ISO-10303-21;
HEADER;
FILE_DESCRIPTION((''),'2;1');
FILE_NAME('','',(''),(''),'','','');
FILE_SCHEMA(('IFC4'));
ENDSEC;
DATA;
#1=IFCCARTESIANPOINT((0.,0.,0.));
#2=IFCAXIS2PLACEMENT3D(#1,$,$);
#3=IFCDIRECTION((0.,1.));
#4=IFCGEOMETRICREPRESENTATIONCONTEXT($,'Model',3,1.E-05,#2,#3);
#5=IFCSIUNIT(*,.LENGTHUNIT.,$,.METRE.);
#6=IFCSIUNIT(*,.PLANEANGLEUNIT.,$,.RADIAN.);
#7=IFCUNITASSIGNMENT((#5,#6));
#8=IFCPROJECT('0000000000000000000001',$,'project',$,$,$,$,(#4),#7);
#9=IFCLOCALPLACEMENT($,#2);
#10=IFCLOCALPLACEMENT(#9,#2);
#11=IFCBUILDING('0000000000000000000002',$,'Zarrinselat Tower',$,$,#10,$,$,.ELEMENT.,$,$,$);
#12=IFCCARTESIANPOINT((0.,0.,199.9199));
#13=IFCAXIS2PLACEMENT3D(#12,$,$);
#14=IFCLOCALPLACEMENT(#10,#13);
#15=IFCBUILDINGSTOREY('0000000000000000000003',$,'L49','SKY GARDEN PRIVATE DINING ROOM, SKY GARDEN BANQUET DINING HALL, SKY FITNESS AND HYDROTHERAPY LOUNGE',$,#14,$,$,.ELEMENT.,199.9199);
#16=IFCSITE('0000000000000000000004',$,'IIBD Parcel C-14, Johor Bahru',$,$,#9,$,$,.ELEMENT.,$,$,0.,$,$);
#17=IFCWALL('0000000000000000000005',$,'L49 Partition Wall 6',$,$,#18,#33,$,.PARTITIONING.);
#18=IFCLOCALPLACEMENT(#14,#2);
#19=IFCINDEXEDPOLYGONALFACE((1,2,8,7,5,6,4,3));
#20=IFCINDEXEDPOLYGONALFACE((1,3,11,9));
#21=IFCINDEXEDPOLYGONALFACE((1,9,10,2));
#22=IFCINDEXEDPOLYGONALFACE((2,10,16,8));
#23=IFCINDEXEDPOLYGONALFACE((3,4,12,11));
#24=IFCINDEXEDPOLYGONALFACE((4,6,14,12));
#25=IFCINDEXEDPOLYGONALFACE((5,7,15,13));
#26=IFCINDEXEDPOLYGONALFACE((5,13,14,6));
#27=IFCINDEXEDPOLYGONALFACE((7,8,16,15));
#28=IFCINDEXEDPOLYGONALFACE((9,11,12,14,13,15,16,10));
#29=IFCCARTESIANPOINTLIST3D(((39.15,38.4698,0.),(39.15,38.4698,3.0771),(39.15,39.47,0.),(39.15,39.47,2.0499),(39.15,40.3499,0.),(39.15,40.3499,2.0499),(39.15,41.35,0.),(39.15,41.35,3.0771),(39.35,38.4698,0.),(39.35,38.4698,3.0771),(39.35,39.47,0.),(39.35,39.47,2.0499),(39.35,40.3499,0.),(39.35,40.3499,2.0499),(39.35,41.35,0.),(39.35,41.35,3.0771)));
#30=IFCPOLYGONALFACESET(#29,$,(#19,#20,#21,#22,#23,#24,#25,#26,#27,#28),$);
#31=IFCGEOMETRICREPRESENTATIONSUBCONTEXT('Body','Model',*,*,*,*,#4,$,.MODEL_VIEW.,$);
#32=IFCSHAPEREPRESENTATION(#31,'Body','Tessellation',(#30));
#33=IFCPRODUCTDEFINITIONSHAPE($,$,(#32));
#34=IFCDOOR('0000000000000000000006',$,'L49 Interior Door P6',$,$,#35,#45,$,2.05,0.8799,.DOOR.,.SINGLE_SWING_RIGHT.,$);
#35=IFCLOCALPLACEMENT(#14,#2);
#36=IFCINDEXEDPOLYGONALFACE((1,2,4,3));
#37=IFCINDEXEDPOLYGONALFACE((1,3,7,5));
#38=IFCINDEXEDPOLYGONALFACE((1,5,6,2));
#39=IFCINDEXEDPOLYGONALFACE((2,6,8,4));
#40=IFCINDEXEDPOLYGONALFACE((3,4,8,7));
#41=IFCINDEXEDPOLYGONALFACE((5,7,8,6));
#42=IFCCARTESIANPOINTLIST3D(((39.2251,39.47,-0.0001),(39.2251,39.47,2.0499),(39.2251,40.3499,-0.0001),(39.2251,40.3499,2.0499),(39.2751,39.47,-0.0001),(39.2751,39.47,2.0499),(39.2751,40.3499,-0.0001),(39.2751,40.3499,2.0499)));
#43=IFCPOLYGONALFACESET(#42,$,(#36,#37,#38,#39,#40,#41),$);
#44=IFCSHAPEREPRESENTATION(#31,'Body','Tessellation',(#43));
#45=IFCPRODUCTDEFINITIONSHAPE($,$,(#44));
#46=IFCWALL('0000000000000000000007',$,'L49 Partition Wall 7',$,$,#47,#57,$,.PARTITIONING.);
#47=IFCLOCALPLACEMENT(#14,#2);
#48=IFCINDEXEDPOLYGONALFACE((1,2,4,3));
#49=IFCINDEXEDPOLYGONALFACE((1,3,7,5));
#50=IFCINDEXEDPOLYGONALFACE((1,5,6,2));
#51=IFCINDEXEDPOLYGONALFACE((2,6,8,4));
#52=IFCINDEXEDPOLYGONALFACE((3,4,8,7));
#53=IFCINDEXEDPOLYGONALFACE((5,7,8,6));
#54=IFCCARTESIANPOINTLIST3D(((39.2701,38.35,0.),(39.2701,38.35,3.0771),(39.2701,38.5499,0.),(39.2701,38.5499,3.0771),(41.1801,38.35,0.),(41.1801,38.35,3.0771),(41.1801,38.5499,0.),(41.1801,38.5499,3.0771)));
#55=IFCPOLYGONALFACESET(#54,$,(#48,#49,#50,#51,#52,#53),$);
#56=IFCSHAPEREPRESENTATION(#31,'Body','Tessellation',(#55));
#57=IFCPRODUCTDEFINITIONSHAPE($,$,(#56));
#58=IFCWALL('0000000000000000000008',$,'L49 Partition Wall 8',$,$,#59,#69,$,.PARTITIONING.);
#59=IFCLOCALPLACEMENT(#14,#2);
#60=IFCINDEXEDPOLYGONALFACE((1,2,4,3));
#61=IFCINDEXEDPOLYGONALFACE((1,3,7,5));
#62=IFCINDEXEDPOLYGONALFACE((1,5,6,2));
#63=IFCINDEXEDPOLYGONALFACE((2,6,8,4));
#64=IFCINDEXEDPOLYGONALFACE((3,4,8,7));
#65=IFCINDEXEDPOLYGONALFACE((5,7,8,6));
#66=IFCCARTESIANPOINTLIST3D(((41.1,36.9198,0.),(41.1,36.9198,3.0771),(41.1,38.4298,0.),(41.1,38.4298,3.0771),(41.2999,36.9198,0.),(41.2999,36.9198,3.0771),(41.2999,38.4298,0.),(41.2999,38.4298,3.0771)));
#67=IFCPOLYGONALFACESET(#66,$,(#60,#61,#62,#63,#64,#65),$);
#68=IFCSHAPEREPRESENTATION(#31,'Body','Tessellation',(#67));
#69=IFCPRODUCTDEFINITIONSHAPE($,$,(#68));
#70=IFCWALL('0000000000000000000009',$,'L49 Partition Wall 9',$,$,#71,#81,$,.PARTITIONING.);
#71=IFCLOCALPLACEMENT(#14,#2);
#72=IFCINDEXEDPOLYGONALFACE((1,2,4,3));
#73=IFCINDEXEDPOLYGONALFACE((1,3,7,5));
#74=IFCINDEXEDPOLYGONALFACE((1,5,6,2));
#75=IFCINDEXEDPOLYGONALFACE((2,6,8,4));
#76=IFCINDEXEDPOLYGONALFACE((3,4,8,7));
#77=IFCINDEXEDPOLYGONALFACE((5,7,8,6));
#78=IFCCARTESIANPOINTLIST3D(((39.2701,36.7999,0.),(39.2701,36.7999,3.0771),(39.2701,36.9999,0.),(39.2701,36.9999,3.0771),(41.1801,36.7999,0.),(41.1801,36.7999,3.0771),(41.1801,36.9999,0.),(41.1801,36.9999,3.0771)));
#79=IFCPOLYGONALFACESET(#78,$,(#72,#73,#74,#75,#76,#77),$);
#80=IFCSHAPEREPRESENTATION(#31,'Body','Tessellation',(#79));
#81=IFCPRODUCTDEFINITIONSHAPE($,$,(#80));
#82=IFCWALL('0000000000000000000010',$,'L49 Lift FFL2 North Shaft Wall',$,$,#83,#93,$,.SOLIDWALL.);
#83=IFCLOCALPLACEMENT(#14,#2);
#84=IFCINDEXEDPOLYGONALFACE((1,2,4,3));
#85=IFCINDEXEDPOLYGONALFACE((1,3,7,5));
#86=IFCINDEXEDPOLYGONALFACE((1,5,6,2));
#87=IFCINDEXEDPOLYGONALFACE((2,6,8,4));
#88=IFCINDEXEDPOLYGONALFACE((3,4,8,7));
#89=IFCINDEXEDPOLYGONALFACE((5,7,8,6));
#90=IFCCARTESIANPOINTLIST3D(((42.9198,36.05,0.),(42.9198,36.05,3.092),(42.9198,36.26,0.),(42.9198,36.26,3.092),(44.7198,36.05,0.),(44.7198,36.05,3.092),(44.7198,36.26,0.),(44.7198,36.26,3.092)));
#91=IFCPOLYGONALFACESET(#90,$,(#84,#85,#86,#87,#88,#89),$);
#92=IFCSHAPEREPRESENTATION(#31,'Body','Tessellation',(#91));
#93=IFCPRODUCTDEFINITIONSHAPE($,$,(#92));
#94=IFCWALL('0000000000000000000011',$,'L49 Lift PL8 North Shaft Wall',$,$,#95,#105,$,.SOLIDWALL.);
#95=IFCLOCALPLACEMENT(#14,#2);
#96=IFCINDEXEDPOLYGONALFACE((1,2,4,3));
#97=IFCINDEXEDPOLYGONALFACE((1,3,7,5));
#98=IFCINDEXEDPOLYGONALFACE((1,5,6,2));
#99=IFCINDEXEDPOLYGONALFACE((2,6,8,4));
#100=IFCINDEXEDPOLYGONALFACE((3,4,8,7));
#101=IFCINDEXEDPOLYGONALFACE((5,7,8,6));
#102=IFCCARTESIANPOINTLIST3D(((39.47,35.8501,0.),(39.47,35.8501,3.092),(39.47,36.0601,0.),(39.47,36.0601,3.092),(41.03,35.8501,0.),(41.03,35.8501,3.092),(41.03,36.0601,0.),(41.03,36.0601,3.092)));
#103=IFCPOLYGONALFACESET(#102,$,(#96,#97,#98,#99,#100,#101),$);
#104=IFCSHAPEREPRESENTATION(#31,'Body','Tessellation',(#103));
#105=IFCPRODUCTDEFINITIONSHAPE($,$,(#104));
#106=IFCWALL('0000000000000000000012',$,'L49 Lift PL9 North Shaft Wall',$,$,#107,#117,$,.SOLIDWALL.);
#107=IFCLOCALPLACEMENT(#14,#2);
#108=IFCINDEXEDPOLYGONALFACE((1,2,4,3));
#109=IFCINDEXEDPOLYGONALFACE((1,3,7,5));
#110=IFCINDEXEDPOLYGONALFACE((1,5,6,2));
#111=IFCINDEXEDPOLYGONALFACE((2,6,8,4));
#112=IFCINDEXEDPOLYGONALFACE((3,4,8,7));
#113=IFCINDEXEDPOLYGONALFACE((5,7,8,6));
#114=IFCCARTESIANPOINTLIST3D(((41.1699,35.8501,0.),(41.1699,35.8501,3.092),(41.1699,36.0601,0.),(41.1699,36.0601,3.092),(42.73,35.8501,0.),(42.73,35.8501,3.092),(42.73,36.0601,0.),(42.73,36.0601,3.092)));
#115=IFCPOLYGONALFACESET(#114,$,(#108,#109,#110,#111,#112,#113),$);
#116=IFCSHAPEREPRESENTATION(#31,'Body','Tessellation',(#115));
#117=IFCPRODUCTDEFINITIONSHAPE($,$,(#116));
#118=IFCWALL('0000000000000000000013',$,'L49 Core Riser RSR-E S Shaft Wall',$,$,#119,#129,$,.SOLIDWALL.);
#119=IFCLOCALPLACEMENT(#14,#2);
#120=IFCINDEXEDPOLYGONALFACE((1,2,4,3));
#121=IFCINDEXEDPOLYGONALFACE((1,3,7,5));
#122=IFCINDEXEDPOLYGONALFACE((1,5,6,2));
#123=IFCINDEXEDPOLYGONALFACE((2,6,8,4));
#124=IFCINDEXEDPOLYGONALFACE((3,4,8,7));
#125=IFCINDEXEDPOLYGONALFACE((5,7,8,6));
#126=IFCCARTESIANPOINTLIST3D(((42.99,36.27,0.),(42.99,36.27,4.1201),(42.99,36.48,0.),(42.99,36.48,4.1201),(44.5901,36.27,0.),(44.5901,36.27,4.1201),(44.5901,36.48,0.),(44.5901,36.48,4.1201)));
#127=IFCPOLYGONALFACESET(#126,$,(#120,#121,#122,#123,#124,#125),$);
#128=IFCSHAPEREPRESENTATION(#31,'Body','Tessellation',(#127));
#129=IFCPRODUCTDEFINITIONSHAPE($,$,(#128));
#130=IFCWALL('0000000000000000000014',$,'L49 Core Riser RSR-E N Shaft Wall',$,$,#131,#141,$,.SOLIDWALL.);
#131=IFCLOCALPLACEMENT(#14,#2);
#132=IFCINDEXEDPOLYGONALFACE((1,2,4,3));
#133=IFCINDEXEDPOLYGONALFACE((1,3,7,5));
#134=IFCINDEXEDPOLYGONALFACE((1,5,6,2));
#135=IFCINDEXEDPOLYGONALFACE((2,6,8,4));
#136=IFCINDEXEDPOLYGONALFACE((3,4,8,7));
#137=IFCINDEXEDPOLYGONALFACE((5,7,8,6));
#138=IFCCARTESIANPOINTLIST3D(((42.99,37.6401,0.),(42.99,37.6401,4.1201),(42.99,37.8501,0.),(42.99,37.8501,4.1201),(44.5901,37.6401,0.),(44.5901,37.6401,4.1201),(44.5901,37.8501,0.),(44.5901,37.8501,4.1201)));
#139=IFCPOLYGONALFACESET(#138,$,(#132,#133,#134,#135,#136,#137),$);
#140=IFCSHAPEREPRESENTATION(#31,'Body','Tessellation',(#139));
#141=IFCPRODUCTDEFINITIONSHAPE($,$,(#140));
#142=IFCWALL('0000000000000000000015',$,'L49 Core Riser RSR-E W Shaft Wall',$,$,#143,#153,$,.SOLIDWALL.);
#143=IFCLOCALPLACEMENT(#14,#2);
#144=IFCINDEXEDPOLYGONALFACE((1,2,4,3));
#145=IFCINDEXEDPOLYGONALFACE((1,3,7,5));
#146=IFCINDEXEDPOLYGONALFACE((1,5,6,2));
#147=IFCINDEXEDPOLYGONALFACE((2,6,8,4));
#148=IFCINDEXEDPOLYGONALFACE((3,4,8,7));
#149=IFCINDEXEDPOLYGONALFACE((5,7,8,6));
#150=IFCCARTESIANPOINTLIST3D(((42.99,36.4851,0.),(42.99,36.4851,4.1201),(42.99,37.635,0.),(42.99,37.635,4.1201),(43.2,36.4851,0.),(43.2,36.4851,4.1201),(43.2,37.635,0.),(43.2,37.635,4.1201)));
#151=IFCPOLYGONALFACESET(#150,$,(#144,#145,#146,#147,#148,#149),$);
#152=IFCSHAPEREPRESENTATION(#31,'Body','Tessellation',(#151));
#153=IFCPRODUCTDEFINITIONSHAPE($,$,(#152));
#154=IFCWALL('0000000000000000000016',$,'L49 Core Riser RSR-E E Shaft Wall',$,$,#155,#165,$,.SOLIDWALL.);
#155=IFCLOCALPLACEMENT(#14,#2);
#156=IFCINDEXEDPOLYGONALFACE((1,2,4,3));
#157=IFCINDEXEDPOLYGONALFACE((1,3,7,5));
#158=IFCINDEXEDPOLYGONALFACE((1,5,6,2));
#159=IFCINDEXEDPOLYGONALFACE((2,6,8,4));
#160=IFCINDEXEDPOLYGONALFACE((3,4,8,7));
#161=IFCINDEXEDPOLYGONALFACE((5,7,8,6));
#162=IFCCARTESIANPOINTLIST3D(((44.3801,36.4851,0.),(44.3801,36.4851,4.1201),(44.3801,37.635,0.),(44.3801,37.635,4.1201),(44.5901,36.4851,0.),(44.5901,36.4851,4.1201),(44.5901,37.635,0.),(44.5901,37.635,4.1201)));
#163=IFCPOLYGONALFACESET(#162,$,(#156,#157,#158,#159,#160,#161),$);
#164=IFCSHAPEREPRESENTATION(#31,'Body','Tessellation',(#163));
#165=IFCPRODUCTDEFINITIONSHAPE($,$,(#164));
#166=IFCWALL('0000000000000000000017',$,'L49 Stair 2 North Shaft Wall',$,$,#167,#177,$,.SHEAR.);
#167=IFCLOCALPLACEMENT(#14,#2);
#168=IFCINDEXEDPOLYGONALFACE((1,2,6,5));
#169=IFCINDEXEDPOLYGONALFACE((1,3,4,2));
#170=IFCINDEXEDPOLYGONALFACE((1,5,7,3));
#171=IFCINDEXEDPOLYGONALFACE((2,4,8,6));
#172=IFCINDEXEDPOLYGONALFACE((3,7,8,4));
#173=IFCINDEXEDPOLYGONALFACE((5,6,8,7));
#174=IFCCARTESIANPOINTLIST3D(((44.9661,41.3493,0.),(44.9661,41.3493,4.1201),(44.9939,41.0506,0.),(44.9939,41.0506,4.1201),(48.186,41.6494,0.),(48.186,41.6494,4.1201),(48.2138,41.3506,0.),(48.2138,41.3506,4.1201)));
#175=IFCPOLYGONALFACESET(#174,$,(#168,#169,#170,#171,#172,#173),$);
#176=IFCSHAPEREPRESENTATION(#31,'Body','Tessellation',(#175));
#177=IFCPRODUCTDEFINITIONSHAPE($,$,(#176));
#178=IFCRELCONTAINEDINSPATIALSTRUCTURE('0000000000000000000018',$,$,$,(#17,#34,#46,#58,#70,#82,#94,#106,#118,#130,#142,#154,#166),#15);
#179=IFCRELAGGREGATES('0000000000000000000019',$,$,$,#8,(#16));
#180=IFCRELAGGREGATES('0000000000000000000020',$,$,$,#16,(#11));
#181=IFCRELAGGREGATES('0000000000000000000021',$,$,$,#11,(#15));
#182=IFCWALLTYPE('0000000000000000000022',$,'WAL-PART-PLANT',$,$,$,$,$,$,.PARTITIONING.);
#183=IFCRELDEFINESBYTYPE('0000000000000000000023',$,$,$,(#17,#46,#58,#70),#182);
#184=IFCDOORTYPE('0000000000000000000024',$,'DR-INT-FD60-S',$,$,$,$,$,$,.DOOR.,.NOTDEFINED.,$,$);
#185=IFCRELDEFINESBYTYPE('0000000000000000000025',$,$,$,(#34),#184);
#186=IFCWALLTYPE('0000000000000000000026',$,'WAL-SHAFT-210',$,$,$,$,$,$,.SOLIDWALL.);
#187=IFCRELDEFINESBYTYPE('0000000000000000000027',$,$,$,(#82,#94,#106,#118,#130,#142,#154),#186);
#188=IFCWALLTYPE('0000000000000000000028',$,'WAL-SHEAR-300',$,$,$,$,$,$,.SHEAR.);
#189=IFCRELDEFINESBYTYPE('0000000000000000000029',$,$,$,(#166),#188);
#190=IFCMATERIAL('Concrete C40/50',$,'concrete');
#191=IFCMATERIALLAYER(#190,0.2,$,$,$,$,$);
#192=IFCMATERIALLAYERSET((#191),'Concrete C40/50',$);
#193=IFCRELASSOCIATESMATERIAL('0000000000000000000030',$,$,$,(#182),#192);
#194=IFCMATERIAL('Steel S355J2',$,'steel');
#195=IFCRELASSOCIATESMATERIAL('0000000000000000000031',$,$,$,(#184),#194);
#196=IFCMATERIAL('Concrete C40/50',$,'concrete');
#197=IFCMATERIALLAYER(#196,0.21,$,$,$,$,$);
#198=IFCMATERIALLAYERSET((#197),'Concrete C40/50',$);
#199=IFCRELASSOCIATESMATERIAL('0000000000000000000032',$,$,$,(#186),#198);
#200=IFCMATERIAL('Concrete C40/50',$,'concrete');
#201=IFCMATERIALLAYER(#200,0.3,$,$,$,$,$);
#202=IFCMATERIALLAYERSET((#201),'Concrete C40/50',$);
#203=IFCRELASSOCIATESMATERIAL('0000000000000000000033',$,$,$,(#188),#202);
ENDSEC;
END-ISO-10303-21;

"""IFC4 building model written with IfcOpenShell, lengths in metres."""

from ifc_helpers import new_model, si_unit, direction, frame, frame_2d, origin, place, context, subcontext, project, spatial, rectangle, extrude, material, layer, layer_set, type_object, element, fill, save


model = new_model("IFC4")

# Units and contexts
model_context = context("Model", 3, precision=1e-05, world=origin(), true_north=direction((0.0, 1.0)))
body_context = subcontext(model_context, "Body", "Model", "MODEL_VIEW")
ifc_project = project(units=[si_unit("LENGTHUNIT", "METRE"), si_unit("PLANEANGLEUNIT", "RADIAN")], contexts=[model_context])

# Site, building, storey
site_placement = place(None, origin())
site = spatial("IfcSite", under=ifc_project, at=site_placement, Name="IIBD Parcel C-14, Johor Bahru", CompositionType="ELEMENT", RefElevation=0.0)
building_placement = place(site_placement, origin())
building = spatial("IfcBuilding", under=site, at=building_placement, Name="Zarrinselat Tower", CompositionType="ELEMENT")
storey_placement = place(building_placement, frame((0.0, 0.0, 199.9199)))
storey = spatial("IfcBuildingStorey", under=building, at=storey_placement, Name="L49", Description="SKY GARDEN PRIVATE DINING ROOM, SKY GARDEN BANQUET DINING HALL, SKY FITNESS AND HYDROTHERAPY LOUNGE", CompositionType="ELEMENT", Elevation=199.9199)

# Shared definitions
ifc_material_1 = material(Name="Concrete C40/50", Category="concrete")
ifc_layer_1 = layer(ifc_material_1, 0.2)
ifc_layer_set_1 = layer_set([ifc_layer_1], Name="Concrete C40/50")
wall_type_1 = type_object("IfcWallType", Name="WAL-PART-PLANT", PredefinedType="PARTITIONING", material=ifc_layer_set_1)

# Wall, opening, door
wall_1_placement = place(storey_placement, frame((39.25, 38.47, 0.0), z_axis=(0.0, 0.0, 1.0), x_axis=(0.0, 1.0, 0.0)))
wall_1 = element("IfcWall", 1, at=wall_1_placement, inside=storey, type_object=wall_type_1, Name="L49 Partition Wall 6", PredefinedType="PARTITIONING", context=body_context, shape_type="SweptSolid", body=[
    extrude(rectangle(XDim=2.8801, YDim=0.2, at=frame_2d((1.4399, 0.0))), origin(), (0.0, 0.0, 1.0), 3.0771),
])
opening_placement = place(wall_1_placement, frame((1.0, 0.0, 0.0)))
opening = element("IfcOpeningElement", 2, at=opening_placement, cuts=wall_1, PredefinedType="OPENING", context=body_context, shape_type="SweptSolid", body=[
    extrude(rectangle(XDim=0.8799, YDim=2.05, at=frame_2d((0.4399, 1.0249))), frame((0.0, 0.1099, 0.0), z_axis=(0.0, -1.0, 0.0), x_axis=(1.0, 0.0, 0.0)), (0.0, 0.0, 1.0), 0.22),
])
ifc_material_2 = material(Name="Steel S355J2", Category="steel")
door_type = type_object("IfcDoorType", Name="DR-INT-FD60-S", OperationType="NOTDEFINED", PredefinedType="DOOR", material=ifc_material_2)
door_placement = place(opening_placement, origin())
door = element("IfcDoor", 3, at=door_placement, inside=storey, type_object=door_type, Name="L49 Interior Door P6", OperationType="SINGLE_SWING_RIGHT", OverallHeight=2.05, OverallWidth=0.8799, PredefinedType="DOOR", context=body_context, shape_type="SweptSolid", body=[
    extrude(rectangle(XDim=0.8799, YDim=2.05, at=frame_2d((0.4399, 1.0249))), frame((0.0, 0.0249, 0.0), z_axis=(0.0, -1.0, 0.0), x_axis=(1.0, 0.0, 0.0)), (0.0, 0.0, 1.0), 0.05),
])
fill(opening, door)

# Walls
wall_2_placement = place(storey_placement, frame((39.27, 38.45, 0.0), z_axis=(0.0, 0.0, 1.0), x_axis=(1.0, 0.0, 0.0)))
element("IfcWall", 4, at=wall_2_placement, inside=storey, type_object=wall_type_1, Name="L49 Partition Wall 7", PredefinedType="PARTITIONING", context=body_context, shape_type="SweptSolid", body=[
    extrude(rectangle(XDim=1.9099, YDim=0.2, at=frame_2d((0.9551, 0.0))), origin(), (0.0, 0.0, 1.0), 3.0771),
])
wall_3_placement = place(storey_placement, frame((41.2, 36.9199, 0.0), z_axis=(0.0, 0.0, 1.0), x_axis=(0.0, 1.0, 0.0)))
element("IfcWall", 5, at=wall_3_placement, inside=storey, type_object=wall_type_1, Name="L49 Partition Wall 8", PredefinedType="PARTITIONING", context=body_context, shape_type="SweptSolid", body=[
    extrude(rectangle(XDim=1.51, YDim=0.2, at=frame_2d((0.7549, 0.0))), origin(), (0.0, 0.0, 1.0), 3.0771),
])
wall_4_placement = place(storey_placement, frame((39.27, 36.8999, 0.0), z_axis=(0.0, 0.0, 1.0), x_axis=(1.0, 0.0, 0.0)))
element("IfcWall", 6, at=wall_4_placement, inside=storey, type_object=wall_type_1, Name="L49 Partition Wall 9", PredefinedType="PARTITIONING", context=body_context, shape_type="SweptSolid", body=[
    extrude(rectangle(XDim=1.9099, YDim=0.2, at=frame_2d((0.9551, 0.0))), origin(), (0.0, 0.0, 1.0), 3.0771),
])
ifc_material_3 = material(Name="Concrete C40/50", Category="concrete")
ifc_layer_2 = layer(ifc_material_3, 0.21)
ifc_layer_set_2 = layer_set([ifc_layer_2], Name="Concrete C40/50")
wall_type_2 = type_object("IfcWallType", Name="WAL-SHAFT-210", PredefinedType="SOLIDWALL", material=ifc_layer_set_2)
wall_5_placement = place(storey_placement, frame((42.9199, 36.155, 0.0), z_axis=(0.0, 0.0, 1.0), x_axis=(1.0, 0.0, 0.0)))
element("IfcWall", 7, at=wall_5_placement, inside=storey, type_object=wall_type_2, Name="L49 Lift FFL2 North Shaft Wall", PredefinedType="SOLIDWALL", context=body_context, shape_type="SweptSolid", body=[
    extrude(rectangle(XDim=1.8, YDim=0.21, at=frame_2d((0.8999, 0.0))), origin(), (0.0, 0.0, 1.0), 3.092),
])
for number, where, z_axis, x_axis, name in (
    (8, (39.47, 35.9551, 0.0), (0.0, 0.0, 1.0), (1.0, 0.0, 0.0), "L49 Lift PL8 North Shaft Wall"),
    (9, (41.1699, 35.9551, 0.0), (0.0, 0.0, 1.0), (1.0, 0.0, 0.0), "L49 Lift PL9 North Shaft Wall"),
):
    element("IfcWall", number, at=place(storey_placement, frame(where, z_axis=z_axis, x_axis=x_axis)), inside=storey, type_object=wall_type_2, Name=name, PredefinedType="SOLIDWALL", context=body_context, shape_type="SweptSolid", body=[
        extrude(rectangle(XDim=1.5601, YDim=0.21, at=frame_2d((0.78, 0.0))), origin(), (0.0, 0.0, 1.0), 3.092),
    ])
for number, where, z_axis, x_axis, name in (
    (10, (42.99, 36.375, 0.0), (0.0, 0.0, 1.0), (1.0, 0.0, 0.0), "L49 Core Riser RSR-E S Shaft Wall"),
    (11, (42.99, 37.7451, 0.0), (0.0, 0.0, 1.0), (1.0, 0.0, 0.0), "L49 Core Riser RSR-E N Shaft Wall"),
):
    element("IfcWall", number, at=place(storey_placement, frame(where, z_axis=z_axis, x_axis=x_axis)), inside=storey, type_object=wall_type_2, Name=name, PredefinedType="SOLIDWALL", context=body_context, shape_type="SweptSolid", body=[
        extrude(rectangle(XDim=1.6001, YDim=0.21, at=frame_2d((0.8, 0.0))), origin(), (0.0, 0.0, 1.0), 4.1201),
    ])
for number, where, z_axis, x_axis, name in (
    (12, (43.095, 36.4851, 0.0), (0.0, 0.0, 1.0), (0.0, 1.0, 0.0), "L49 Core Riser RSR-E W Shaft Wall"),
    (13, (44.4851, 36.4851, 0.0), (0.0, 0.0, 1.0), (0.0, 1.0, 0.0), "L49 Core Riser RSR-E E Shaft Wall"),
):
    element("IfcWall", number, at=place(storey_placement, frame(where, z_axis=z_axis, x_axis=x_axis)), inside=storey, type_object=wall_type_2, Name=name, PredefinedType="SOLIDWALL", context=body_context, shape_type="SweptSolid", body=[
        extrude(rectangle(XDim=1.1499, YDim=0.21, at=frame_2d((0.575, 0.0))), origin(), (0.0, 0.0, 1.0), 4.1201),
    ])
ifc_material_4 = material(Name="Concrete C40/50", Category="concrete")
ifc_layer_3 = layer(ifc_material_4, 0.3)
ifc_layer_set_3 = layer_set([ifc_layer_3], Name="Concrete C40/50")
wall_type_3 = type_object("IfcWallType", Name="WAL-SHEAR-300", PredefinedType="SHEAR", material=ifc_layer_set_3)
wall_6_placement = place(storey_placement, frame((44.98, 41.2, 0.0), z_axis=(0.0, 0.0, 1.0), x_axis=(0.995686, 0.092782, 0.0)))
element("IfcWall", 14, at=wall_6_placement, inside=storey, type_object=wall_type_3, Name="L49 Stair 2 North Shaft Wall", PredefinedType="SHEAR", context=body_context, shape_type="SweptSolid", body=[
    extrude(rectangle(XDim=3.2339, YDim=0.3, at=frame_2d((1.6169, 0.0))), origin(), (0.0, 0.0, 1.0), 4.1201),
])

save(model, "model.ifc")
